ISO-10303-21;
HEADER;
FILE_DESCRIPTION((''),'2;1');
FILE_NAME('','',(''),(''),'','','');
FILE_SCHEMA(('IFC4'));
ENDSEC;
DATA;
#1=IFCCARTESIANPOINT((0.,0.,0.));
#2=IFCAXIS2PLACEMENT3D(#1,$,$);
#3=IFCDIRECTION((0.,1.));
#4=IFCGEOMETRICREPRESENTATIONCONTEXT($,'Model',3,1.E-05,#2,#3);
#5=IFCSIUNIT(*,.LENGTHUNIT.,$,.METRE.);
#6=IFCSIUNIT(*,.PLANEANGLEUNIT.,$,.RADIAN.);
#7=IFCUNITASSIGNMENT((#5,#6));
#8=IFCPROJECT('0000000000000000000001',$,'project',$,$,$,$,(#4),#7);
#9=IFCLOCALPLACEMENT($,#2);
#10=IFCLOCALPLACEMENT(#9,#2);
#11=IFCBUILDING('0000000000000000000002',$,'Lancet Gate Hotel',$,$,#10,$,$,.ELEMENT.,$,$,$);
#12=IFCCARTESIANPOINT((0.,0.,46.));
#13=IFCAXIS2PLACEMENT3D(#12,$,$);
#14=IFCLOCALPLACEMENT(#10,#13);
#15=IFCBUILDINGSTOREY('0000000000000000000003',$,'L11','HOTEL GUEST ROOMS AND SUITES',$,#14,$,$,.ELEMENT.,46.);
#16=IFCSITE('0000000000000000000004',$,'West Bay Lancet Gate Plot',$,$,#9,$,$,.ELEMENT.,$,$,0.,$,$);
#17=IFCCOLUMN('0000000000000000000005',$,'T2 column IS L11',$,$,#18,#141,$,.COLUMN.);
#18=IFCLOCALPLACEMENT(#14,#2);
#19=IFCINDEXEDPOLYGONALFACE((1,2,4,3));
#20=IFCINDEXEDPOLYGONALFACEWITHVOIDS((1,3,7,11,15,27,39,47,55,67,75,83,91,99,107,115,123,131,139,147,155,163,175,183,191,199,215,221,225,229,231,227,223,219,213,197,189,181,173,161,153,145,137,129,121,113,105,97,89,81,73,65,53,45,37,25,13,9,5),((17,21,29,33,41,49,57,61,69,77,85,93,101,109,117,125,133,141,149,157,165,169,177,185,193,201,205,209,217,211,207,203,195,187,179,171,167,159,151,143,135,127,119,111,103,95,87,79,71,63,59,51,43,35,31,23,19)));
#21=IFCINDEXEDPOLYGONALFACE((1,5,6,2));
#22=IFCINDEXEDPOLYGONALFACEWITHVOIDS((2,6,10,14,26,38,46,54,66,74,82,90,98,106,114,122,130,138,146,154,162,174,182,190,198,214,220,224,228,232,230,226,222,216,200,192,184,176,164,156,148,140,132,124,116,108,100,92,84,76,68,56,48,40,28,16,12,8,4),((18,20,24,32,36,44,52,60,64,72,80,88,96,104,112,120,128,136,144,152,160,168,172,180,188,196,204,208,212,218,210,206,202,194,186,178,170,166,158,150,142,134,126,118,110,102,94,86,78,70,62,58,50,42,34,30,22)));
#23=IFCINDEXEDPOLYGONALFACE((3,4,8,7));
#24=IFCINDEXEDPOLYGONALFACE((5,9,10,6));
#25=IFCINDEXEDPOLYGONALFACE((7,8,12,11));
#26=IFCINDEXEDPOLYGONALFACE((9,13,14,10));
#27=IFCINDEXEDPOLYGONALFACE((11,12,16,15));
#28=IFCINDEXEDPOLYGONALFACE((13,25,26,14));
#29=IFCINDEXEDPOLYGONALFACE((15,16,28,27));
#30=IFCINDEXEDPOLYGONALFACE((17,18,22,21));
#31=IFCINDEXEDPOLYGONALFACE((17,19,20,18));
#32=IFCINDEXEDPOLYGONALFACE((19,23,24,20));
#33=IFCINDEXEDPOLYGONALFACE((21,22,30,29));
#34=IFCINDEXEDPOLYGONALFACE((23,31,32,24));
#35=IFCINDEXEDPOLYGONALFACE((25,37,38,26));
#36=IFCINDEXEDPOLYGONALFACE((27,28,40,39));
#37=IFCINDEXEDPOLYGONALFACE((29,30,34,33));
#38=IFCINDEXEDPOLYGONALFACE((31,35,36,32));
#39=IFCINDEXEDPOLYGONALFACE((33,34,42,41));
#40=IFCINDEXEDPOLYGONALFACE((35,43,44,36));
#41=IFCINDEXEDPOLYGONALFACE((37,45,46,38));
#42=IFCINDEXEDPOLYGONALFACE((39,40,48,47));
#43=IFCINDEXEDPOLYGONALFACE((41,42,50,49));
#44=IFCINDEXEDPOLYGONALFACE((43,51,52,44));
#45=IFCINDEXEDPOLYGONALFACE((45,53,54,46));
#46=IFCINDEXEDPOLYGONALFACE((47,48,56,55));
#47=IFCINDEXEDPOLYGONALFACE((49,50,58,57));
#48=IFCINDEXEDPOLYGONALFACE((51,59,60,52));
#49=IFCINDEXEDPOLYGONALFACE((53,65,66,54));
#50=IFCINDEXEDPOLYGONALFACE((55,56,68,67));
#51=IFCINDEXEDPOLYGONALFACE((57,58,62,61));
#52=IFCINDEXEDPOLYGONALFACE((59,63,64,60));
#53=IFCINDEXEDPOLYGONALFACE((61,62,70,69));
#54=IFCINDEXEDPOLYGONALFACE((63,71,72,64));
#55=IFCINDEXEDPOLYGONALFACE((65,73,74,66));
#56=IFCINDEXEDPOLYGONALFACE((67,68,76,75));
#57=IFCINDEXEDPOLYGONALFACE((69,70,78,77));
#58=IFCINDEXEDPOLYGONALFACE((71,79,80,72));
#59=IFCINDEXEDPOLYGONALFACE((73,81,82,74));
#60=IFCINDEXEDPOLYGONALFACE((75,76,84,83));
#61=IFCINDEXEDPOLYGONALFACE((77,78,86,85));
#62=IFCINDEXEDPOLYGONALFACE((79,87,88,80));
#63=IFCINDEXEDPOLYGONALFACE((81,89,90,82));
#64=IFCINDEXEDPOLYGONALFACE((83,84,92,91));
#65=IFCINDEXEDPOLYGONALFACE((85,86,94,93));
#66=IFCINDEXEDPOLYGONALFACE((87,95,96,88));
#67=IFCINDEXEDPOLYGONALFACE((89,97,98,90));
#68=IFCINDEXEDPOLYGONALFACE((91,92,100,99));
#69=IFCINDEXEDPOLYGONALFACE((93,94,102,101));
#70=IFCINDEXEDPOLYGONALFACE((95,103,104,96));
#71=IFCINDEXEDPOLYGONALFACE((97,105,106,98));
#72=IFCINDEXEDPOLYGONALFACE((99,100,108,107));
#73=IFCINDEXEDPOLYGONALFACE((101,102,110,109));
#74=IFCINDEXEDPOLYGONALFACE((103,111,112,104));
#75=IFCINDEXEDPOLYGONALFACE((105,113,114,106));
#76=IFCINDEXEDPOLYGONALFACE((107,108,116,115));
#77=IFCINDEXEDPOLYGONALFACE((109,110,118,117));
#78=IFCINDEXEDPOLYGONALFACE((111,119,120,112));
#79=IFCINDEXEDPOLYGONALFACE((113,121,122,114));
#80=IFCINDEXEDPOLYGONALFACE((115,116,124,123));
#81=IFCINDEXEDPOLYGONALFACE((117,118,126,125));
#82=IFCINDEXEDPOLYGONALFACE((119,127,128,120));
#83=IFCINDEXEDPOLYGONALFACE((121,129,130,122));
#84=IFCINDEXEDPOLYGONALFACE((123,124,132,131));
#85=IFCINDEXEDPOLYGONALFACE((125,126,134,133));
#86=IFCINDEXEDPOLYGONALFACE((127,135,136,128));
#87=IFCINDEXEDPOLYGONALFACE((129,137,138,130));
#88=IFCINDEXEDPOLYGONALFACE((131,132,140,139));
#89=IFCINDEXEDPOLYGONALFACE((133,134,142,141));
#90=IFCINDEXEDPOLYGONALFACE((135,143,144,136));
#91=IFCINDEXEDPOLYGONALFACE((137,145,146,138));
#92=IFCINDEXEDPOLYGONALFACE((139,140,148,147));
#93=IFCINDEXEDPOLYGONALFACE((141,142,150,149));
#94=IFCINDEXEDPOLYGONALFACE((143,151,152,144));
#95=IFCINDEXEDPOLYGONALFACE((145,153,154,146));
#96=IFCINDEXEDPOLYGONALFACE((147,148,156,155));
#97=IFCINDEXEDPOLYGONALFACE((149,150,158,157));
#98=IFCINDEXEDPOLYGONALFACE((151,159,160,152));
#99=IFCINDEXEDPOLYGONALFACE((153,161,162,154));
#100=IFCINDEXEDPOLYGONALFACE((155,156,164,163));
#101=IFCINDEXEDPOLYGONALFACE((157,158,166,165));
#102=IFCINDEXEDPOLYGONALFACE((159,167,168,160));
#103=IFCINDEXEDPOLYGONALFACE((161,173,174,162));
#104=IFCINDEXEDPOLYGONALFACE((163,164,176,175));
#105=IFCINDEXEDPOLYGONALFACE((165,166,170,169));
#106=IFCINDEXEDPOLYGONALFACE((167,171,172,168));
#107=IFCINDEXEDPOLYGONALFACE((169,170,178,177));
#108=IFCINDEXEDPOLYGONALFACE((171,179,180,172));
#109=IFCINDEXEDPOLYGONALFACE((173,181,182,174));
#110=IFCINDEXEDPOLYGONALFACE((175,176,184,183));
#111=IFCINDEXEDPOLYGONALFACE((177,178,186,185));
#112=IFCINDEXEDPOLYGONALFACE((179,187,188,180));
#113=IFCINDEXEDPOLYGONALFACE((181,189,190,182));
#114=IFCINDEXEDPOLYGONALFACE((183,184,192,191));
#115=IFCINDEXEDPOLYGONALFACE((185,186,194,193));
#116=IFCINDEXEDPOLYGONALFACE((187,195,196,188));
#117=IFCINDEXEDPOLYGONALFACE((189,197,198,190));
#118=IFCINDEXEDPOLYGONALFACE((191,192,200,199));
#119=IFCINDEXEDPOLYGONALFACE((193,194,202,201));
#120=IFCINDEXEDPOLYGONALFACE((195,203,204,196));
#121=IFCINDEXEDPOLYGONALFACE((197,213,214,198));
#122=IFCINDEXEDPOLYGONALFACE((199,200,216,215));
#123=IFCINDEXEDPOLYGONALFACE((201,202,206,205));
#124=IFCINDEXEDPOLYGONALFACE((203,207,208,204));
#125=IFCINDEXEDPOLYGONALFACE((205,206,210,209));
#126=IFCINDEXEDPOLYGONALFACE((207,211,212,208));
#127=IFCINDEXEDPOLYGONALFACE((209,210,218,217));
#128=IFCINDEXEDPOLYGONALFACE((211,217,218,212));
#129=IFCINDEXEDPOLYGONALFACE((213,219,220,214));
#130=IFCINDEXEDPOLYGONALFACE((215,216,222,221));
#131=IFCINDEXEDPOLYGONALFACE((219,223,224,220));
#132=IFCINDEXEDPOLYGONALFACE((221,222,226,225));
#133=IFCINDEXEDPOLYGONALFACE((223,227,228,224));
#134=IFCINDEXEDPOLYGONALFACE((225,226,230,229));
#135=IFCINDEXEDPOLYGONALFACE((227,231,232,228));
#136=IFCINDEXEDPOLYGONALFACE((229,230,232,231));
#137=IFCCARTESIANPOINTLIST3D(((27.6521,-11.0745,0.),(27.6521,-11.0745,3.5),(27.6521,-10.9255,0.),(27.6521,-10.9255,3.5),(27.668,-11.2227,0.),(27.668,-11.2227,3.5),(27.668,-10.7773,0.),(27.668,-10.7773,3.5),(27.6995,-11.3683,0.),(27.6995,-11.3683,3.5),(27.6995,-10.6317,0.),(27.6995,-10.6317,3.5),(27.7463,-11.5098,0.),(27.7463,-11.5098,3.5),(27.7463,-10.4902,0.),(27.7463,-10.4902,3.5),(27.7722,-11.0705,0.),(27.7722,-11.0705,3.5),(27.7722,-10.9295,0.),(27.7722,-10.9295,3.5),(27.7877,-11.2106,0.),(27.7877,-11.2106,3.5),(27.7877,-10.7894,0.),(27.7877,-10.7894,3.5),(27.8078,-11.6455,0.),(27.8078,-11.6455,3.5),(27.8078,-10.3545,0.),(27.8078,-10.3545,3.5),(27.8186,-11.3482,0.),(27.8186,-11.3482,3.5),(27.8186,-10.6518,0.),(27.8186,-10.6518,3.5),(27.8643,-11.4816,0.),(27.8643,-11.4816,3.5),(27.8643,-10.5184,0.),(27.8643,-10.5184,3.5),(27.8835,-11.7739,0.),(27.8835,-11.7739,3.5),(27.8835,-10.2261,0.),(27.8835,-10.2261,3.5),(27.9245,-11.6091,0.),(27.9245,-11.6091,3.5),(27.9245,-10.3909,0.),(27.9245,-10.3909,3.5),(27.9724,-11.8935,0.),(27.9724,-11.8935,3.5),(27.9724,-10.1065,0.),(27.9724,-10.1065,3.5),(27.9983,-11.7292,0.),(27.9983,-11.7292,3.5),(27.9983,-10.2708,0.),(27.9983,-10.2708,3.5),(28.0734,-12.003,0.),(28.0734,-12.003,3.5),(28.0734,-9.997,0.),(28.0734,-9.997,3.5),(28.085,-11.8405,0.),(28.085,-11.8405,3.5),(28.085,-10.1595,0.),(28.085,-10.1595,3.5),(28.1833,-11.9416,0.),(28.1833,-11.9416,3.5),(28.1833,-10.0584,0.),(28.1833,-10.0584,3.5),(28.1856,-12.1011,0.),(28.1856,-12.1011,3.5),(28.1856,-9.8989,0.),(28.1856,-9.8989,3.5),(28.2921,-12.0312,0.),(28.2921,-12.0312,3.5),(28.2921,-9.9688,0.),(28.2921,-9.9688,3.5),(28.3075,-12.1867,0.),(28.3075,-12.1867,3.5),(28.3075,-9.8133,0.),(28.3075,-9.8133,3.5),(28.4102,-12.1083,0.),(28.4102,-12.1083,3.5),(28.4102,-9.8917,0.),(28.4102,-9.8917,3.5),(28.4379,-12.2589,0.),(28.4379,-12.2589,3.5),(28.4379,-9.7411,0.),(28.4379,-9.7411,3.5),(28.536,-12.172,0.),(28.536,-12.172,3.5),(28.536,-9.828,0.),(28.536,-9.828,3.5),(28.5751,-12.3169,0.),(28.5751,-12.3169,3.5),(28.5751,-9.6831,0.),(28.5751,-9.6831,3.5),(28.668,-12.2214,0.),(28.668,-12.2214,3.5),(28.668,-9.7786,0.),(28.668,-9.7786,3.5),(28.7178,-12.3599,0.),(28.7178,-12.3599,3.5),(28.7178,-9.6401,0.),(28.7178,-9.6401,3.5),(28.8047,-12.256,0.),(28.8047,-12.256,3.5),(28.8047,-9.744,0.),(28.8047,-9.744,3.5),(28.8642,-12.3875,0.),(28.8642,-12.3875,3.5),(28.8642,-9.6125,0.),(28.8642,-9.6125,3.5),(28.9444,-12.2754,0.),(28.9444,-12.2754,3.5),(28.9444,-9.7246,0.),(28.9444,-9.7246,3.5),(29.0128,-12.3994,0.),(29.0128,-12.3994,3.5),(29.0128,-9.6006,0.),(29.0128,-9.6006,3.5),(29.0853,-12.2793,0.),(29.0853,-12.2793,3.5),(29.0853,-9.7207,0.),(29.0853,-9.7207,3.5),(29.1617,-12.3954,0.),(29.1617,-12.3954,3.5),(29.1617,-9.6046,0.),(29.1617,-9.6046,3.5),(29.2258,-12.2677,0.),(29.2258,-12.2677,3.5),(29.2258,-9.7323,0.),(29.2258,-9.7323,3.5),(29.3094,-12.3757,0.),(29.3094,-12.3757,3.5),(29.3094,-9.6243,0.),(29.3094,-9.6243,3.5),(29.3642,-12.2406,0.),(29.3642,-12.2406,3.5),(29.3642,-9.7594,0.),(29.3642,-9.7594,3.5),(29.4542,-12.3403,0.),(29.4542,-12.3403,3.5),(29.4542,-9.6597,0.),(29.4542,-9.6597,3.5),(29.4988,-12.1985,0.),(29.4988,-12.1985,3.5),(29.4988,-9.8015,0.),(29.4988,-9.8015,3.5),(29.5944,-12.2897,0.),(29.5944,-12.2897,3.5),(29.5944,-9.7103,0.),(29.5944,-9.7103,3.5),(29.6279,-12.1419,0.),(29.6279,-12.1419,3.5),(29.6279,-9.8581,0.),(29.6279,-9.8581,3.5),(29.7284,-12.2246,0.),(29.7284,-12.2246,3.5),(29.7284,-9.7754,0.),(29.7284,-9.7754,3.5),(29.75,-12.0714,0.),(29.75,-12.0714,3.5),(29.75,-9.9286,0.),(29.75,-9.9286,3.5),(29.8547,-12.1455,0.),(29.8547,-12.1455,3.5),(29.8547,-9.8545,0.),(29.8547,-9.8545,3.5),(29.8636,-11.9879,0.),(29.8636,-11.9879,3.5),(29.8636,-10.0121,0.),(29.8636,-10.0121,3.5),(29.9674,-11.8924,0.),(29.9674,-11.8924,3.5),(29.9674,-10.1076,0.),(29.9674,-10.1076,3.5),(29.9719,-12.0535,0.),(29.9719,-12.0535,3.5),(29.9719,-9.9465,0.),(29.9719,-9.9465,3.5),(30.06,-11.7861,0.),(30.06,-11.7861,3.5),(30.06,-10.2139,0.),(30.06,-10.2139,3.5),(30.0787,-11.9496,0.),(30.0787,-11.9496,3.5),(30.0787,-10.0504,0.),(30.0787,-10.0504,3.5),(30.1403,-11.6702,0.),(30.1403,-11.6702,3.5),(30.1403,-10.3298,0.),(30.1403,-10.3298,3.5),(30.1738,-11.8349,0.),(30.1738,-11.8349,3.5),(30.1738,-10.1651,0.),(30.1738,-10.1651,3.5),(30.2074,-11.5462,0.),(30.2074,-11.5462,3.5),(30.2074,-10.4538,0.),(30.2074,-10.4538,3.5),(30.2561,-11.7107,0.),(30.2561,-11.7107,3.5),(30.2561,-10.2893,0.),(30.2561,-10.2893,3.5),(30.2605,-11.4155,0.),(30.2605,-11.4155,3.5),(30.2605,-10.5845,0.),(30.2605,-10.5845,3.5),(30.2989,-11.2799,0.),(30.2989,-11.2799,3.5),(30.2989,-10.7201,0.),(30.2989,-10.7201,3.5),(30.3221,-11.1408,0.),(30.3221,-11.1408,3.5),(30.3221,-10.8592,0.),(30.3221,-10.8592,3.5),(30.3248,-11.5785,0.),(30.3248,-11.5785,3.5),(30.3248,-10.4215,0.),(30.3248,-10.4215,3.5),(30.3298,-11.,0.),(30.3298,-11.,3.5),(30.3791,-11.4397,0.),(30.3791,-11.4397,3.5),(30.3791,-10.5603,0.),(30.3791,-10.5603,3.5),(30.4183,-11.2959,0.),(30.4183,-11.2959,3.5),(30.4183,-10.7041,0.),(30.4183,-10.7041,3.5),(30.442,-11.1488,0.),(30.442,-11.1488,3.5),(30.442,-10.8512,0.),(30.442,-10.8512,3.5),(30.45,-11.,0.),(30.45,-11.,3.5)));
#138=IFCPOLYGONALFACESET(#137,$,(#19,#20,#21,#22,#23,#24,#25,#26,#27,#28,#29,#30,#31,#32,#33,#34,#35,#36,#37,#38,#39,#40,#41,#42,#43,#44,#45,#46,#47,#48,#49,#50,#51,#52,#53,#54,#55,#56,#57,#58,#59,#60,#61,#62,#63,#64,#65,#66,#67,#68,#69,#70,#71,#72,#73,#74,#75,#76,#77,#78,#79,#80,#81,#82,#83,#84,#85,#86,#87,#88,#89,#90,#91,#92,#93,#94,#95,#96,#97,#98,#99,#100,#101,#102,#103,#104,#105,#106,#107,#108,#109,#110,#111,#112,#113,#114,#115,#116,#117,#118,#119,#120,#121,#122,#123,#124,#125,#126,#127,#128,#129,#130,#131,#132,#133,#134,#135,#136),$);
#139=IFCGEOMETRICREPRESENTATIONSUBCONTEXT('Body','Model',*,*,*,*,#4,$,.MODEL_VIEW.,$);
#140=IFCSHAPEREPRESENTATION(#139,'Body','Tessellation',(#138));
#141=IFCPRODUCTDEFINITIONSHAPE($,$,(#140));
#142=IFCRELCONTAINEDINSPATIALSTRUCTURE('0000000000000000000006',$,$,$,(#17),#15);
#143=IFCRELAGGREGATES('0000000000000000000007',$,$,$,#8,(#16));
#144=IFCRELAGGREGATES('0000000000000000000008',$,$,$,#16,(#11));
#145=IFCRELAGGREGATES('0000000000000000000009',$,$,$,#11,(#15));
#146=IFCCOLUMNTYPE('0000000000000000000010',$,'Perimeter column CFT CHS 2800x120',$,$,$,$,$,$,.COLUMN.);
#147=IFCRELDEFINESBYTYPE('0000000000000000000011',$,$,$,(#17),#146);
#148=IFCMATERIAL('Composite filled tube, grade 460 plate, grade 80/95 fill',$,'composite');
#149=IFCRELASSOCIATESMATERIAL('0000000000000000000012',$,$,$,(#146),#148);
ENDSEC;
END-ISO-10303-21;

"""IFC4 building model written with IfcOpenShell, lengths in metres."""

from ifc_helpers import new_model, si_unit, direction, frame, origin, origin_2d, place, context, subcontext, project, spatial, hollow_circle, extrude, material, material_profile, profile_set, type_object, element, save


model = new_model("IFC4")

# Units and contexts
model_context = context("Model", 3, precision=1e-05, world=origin(), true_north=direction((0.0, 1.0)))
body_context = subcontext(model_context, "Body", "Model", "MODEL_VIEW")
ifc_project = project(units=[si_unit("LENGTHUNIT", "METRE"), si_unit("PLANEANGLEUNIT", "RADIAN")], contexts=[model_context])

# Site, building, storey
site_placement = place(None, origin())
site = spatial("IfcSite", under=ifc_project, at=site_placement, Name="West Bay Lancet Gate Plot", CompositionType="ELEMENT", RefElevation=0.0)
building_placement = place(site_placement, origin())
building = spatial("IfcBuilding", under=site, at=building_placement, Name="Lancet Gate Hotel", CompositionType="ELEMENT")
storey_placement = place(building_placement, frame((0.0, 0.0, 46.0)))
storey = spatial("IfcBuildingStorey", under=building, at=storey_placement, Name="L11", Description="HOTEL GUEST ROOMS AND SUITES", CompositionType="ELEMENT", Elevation=46.0)

# Column
ifc_material_1 = material(Name="Composite filled tube, grade 460 plate, grade 80/95 fill", Category="composite")
ifc_material_profile_1 = material_profile(ifc_material_1, hollow_circle(Radius=1.3999, WallThickness=0.1201, at=origin_2d()), Name="CHS 2800x120")
ifc_profile_set_1 = profile_set([ifc_material_profile_1], Name="Composite filled tube, grade 460 plate, grade 80/95 fill")
column_type = type_object("IfcColumnType", Name="Perimeter column CFT CHS 2800x120", PredefinedType="COLUMN", material=ifc_profile_set_1)
for number, where, z_axis, x_axis, name in (
    (1, (29.05, -11.0, 0.0), (0.0, 0.0, 1.0), (1.0, 0.0, 0.0), "T2 column IS L11"),
):
    element("IfcColumn", number, at=place(storey_placement, frame(where, z_axis=z_axis, x_axis=x_axis)), inside=storey, type_object=column_type, Name=name, PredefinedType="COLUMN", context=body_context, shape_type="SweptSolid", body=[
        extrude(hollow_circle(Radius=1.3999, WallThickness=0.1201, at=origin_2d()), origin(), (0.0, 0.0, 1.0), 3.5),
    ])

save(model, "model.ifc")
